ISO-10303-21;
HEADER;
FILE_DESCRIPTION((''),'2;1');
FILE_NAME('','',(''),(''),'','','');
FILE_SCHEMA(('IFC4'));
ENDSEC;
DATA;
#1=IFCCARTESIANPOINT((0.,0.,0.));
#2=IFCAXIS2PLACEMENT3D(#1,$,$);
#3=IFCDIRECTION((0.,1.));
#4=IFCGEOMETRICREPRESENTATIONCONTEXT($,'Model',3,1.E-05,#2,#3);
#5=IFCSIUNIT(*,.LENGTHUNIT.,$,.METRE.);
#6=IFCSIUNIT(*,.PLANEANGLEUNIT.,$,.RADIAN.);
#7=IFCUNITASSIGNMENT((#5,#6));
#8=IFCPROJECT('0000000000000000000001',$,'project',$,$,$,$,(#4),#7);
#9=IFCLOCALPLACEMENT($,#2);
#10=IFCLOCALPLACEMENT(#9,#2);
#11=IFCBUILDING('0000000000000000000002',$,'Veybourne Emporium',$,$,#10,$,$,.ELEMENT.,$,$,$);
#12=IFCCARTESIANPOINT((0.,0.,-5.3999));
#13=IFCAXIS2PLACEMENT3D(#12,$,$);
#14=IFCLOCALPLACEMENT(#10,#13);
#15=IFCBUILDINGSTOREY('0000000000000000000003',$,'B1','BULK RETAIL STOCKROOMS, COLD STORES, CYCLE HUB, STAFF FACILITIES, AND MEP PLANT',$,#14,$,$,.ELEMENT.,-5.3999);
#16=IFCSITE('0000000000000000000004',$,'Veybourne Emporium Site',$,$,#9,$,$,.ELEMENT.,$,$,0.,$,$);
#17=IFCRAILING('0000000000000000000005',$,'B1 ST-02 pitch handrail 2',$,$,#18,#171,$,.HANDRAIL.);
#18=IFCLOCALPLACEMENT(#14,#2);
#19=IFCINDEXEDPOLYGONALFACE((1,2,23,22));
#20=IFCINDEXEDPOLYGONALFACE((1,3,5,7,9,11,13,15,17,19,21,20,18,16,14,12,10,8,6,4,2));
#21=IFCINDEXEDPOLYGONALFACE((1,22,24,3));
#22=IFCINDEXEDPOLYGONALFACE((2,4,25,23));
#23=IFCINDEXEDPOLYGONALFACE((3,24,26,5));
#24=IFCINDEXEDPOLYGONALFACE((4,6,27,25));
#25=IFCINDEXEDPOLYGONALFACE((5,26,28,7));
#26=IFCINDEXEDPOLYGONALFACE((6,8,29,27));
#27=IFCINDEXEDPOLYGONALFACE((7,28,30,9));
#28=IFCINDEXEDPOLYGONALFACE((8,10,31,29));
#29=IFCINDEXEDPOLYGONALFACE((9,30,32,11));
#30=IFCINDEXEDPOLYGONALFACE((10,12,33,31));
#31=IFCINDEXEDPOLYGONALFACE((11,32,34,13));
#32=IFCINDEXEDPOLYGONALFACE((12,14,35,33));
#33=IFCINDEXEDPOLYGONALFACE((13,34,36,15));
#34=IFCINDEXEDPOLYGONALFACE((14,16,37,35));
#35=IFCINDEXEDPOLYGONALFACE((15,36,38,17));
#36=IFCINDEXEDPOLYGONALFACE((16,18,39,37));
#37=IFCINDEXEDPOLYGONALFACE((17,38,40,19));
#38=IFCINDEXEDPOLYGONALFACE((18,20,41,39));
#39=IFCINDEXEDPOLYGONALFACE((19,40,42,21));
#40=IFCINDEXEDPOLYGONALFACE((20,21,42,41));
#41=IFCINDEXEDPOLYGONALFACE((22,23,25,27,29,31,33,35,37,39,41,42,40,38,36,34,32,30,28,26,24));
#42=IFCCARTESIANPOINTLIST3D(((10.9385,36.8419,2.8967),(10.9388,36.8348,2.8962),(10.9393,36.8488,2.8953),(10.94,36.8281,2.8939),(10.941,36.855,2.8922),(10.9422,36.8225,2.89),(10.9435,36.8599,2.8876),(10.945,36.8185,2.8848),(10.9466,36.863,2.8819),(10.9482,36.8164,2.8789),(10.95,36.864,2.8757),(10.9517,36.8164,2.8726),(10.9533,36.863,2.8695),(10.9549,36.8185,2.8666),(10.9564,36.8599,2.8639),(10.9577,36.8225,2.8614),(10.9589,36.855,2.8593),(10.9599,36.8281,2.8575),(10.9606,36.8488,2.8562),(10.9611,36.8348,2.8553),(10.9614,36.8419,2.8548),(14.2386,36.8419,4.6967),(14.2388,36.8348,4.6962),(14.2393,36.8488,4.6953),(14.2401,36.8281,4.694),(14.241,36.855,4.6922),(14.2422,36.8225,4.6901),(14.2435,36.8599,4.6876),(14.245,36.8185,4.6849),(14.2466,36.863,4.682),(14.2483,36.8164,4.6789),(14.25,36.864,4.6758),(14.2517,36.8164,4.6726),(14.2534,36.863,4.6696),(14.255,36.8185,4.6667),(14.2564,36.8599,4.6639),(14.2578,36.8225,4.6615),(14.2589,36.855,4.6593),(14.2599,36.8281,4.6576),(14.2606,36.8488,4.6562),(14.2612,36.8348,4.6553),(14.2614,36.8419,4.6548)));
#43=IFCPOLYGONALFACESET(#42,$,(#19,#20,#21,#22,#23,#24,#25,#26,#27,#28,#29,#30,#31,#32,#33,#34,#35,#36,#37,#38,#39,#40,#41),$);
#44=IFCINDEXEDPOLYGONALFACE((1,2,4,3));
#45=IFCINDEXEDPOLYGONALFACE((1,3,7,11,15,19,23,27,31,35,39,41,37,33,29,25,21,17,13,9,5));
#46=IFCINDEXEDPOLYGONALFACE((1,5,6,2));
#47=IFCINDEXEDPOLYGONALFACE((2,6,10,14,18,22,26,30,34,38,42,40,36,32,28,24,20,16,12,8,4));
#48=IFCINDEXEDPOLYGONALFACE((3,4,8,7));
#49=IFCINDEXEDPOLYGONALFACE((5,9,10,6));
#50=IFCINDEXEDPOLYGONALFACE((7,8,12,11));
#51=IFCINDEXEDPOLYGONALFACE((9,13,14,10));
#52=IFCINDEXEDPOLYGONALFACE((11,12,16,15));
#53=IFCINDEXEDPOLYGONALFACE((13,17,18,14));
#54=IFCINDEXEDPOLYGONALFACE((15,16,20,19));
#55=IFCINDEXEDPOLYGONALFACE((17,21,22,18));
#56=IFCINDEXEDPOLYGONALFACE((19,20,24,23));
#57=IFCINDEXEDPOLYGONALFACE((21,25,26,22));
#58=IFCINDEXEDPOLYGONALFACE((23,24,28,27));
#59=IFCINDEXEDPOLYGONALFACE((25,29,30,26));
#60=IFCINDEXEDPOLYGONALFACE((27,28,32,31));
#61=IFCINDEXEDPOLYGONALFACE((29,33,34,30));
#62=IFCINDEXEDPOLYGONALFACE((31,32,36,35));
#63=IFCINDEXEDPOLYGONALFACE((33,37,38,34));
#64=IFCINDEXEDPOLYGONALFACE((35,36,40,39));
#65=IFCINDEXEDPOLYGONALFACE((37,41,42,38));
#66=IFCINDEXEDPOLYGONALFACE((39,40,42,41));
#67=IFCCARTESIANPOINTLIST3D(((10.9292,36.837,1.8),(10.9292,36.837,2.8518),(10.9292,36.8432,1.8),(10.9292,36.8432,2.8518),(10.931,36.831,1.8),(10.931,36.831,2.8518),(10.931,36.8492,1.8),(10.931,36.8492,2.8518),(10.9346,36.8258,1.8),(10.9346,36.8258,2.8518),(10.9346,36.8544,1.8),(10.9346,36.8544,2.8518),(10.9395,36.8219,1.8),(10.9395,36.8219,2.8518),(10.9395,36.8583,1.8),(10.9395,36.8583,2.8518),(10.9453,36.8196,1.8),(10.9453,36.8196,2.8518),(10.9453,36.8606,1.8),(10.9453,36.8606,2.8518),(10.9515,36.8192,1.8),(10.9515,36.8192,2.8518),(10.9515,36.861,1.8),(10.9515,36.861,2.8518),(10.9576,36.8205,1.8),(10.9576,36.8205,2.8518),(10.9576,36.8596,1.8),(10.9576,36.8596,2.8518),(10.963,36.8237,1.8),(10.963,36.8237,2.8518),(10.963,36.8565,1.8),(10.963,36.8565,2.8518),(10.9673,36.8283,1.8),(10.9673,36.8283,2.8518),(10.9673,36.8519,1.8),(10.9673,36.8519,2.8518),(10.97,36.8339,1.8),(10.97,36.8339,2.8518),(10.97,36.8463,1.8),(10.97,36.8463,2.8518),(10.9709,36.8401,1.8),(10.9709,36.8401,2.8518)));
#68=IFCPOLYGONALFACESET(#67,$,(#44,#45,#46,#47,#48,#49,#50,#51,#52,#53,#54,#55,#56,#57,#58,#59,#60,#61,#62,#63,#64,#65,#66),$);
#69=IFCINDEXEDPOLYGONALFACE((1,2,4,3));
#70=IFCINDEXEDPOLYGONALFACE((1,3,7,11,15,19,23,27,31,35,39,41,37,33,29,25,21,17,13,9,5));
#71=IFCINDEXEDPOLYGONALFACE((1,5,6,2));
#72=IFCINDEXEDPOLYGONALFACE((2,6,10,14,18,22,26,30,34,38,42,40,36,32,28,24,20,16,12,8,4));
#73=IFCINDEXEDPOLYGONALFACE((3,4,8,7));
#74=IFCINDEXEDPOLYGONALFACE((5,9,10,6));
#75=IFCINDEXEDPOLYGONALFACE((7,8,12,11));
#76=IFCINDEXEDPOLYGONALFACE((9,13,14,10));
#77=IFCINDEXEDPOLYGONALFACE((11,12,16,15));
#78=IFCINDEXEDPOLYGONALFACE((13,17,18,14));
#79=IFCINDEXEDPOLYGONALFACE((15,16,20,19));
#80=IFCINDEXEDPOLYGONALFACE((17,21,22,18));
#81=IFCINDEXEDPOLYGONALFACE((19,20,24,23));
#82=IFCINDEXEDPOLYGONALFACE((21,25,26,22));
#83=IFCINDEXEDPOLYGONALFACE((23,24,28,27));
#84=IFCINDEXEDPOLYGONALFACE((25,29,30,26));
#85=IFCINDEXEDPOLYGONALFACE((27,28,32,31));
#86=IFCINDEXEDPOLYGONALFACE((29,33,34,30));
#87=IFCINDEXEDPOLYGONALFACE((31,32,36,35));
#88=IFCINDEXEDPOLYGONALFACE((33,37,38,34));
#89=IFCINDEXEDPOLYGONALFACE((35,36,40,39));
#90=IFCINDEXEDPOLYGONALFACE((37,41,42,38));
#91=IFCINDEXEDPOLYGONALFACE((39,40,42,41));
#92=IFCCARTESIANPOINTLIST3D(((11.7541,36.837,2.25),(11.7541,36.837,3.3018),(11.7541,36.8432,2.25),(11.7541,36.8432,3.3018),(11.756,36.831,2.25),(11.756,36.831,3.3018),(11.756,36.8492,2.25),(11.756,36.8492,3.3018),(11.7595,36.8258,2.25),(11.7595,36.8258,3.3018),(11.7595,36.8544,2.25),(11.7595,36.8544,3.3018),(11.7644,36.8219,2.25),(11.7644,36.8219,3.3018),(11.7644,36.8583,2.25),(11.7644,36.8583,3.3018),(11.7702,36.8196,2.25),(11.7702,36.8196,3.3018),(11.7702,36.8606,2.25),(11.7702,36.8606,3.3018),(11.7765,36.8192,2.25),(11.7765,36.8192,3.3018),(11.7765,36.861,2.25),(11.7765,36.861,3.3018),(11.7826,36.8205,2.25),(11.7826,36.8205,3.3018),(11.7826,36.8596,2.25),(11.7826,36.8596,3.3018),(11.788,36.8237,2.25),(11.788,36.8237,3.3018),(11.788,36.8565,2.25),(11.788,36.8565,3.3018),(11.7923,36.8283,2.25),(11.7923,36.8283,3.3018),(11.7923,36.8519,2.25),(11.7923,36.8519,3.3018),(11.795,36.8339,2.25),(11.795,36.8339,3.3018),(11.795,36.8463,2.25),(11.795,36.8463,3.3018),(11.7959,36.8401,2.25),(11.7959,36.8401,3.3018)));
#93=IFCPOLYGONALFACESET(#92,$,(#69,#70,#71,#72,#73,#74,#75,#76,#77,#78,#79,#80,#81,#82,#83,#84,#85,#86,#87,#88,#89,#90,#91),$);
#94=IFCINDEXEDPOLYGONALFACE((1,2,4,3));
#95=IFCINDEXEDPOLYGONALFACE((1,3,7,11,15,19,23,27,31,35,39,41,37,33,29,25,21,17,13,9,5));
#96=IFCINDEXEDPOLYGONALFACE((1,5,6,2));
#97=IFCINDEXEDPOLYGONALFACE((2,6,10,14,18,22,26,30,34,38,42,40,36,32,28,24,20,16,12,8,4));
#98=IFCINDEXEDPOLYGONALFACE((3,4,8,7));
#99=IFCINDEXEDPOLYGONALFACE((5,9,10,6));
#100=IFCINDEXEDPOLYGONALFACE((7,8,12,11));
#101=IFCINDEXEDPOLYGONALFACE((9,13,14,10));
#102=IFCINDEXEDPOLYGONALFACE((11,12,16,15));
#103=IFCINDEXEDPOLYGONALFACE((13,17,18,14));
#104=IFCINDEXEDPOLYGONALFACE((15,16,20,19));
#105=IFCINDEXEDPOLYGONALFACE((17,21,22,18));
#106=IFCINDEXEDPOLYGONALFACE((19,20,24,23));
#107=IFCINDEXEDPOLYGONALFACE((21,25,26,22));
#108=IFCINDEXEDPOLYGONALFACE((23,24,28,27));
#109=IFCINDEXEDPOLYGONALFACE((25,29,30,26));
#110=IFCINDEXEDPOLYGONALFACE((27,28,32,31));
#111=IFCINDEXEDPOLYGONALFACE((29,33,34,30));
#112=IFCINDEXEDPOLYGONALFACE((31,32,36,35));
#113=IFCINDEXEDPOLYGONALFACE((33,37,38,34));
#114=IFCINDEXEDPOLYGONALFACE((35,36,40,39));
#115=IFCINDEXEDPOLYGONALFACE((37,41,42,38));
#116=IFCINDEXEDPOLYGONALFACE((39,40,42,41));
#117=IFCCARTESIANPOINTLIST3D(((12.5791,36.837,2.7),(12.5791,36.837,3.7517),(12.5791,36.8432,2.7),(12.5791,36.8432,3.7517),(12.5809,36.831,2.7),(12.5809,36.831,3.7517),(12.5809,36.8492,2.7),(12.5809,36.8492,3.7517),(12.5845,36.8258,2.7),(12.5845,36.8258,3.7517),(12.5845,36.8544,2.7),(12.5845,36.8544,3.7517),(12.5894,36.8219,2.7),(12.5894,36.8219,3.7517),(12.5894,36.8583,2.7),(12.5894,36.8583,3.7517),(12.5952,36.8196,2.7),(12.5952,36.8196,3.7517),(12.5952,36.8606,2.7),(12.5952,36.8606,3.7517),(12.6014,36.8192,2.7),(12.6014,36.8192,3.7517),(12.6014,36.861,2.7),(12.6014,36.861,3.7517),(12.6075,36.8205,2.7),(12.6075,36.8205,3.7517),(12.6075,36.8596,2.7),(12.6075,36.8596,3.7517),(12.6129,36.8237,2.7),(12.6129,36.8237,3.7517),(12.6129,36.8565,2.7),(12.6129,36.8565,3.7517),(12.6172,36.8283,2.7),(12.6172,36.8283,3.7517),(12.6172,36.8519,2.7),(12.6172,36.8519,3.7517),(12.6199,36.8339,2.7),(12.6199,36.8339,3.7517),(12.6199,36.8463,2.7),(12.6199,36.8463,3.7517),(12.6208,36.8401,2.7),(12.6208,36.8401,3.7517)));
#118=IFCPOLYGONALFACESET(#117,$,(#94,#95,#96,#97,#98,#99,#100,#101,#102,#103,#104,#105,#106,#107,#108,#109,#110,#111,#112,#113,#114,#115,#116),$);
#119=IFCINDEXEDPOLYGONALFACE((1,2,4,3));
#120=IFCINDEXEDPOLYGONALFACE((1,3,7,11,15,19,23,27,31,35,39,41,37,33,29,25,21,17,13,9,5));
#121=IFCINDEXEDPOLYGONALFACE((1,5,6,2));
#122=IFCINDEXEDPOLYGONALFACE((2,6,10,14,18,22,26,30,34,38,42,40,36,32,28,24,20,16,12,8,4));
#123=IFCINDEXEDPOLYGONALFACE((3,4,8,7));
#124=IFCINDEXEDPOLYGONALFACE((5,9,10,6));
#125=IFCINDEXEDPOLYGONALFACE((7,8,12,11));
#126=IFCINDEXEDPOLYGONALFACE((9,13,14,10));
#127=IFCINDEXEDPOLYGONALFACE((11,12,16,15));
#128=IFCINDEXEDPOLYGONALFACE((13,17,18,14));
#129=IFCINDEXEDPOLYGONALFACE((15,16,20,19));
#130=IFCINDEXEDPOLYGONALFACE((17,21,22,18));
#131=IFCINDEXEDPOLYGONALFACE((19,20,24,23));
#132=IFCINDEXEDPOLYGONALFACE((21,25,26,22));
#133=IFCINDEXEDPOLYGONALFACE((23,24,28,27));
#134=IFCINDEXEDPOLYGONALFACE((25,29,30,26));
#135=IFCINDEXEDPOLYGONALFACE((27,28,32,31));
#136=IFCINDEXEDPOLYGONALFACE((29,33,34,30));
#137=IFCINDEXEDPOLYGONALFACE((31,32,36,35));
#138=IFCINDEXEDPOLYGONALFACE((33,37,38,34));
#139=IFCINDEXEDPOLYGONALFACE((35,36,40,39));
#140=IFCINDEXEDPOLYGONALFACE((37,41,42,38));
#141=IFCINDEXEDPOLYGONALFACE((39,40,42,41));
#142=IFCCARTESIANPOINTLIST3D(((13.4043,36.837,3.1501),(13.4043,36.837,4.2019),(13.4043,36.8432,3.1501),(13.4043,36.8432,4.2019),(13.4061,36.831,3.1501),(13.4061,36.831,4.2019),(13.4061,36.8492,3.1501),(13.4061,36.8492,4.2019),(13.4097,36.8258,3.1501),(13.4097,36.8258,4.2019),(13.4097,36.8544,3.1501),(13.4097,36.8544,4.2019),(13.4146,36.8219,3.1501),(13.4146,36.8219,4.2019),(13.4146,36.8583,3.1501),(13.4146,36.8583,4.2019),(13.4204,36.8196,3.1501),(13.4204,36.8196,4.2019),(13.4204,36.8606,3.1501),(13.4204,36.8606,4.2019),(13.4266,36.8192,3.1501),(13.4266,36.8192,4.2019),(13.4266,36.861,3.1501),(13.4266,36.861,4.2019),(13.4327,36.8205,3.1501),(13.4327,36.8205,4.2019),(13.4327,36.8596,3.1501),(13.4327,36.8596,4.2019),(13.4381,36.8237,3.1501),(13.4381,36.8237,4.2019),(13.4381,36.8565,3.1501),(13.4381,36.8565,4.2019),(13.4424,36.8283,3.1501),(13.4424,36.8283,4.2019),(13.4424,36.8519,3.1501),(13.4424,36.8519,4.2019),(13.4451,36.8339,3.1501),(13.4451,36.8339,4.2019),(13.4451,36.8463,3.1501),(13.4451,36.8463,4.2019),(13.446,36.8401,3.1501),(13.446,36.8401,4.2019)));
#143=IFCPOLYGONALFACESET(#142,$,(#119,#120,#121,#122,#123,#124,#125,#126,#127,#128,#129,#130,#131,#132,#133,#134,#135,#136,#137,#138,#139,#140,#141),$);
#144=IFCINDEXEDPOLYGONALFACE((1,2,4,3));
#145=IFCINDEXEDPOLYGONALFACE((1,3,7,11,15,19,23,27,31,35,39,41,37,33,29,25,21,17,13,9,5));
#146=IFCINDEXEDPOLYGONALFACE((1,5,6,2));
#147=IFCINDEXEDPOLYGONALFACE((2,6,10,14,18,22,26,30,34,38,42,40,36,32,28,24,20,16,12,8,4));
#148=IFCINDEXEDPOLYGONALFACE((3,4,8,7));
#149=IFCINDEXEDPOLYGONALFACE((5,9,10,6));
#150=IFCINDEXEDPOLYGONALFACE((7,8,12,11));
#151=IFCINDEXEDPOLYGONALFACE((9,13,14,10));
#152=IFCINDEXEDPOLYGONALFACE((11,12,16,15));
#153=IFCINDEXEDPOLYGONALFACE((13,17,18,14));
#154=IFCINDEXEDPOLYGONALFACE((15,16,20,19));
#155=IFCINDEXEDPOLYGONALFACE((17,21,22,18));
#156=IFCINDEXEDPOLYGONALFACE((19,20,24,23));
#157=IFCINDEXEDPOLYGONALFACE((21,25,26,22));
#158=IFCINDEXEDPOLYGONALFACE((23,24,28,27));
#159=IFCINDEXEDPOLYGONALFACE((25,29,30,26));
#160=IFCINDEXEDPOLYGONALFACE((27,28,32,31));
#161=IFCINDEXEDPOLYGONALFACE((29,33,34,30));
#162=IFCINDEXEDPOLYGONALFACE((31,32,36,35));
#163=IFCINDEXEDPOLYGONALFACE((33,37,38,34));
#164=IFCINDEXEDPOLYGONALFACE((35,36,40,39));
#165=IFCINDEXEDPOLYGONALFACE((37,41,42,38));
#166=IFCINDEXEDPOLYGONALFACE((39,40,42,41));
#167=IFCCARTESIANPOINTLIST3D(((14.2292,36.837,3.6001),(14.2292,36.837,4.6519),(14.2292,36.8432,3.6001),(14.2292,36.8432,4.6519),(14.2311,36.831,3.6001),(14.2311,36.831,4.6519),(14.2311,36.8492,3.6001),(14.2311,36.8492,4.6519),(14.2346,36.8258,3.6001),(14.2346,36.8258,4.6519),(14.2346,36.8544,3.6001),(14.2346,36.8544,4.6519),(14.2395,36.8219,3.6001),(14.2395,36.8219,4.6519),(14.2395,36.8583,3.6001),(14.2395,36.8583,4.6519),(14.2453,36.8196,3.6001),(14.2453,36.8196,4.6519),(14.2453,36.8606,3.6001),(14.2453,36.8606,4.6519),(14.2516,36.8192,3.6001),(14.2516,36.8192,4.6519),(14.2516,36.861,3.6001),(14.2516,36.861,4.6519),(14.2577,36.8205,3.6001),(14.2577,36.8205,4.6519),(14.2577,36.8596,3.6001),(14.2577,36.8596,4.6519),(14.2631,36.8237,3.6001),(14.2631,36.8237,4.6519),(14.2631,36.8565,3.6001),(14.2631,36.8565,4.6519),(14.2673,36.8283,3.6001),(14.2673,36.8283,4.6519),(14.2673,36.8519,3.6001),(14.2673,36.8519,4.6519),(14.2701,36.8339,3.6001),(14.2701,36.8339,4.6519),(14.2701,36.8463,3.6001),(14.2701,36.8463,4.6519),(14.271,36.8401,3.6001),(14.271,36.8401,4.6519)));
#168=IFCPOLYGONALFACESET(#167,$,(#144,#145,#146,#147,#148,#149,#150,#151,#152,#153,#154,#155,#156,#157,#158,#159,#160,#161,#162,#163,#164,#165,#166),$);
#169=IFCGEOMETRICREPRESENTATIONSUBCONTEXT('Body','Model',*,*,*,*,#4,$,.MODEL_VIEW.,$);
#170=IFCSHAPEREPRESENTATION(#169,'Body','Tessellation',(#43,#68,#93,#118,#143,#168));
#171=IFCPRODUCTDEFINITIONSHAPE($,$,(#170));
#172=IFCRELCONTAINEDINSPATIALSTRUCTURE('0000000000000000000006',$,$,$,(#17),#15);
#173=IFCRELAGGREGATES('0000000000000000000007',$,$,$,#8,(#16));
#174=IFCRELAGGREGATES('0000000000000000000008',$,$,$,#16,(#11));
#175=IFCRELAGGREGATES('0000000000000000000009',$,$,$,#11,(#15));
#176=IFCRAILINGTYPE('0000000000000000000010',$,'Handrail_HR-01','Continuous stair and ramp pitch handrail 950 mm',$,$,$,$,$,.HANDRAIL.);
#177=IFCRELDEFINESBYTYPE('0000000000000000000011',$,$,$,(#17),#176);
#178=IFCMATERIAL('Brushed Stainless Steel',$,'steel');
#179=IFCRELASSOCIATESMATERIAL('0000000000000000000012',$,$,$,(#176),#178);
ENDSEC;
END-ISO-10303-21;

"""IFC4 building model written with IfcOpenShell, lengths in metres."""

from ifc_helpers import new_model, si_unit, direction, frame, origin, origin_2d, place, context, subcontext, project, spatial, circle, extrude, material, type_object, element, save


model = new_model("IFC4")

# Units and contexts
model_context = context("Model", 3, precision=1e-05, world=origin(), true_north=direction((0.0, 1.0)))
body_context = subcontext(model_context, "Body", "Model", "MODEL_VIEW")
ifc_project = project(units=[si_unit("LENGTHUNIT", "METRE"), si_unit("PLANEANGLEUNIT", "RADIAN")], contexts=[model_context])

# Site, building, storey
site_placement = place(None, origin())
site = spatial("IfcSite", under=ifc_project, at=site_placement, Name="Veybourne Emporium Site", CompositionType="ELEMENT", RefElevation=0.0)
building_placement = place(site_placement, origin())
building = spatial("IfcBuilding", under=site, at=building_placement, Name="Veybourne Emporium", CompositionType="ELEMENT")
storey_placement = place(building_placement, frame((0.0, 0.0, -5.3999)))
storey = spatial("IfcBuildingStorey", under=building, at=storey_placement, Name="B1", Description="BULK RETAIL STOCKROOMS, COLD STORES, CYCLE HUB, STAFF FACILITIES, AND MEP PLANT", CompositionType="ELEMENT", Elevation=-5.3999)

# Railing
ifc_material_1 = material(Name="Brushed Stainless Steel", Category="steel")
railing_type_1 = type_object("IfcRailingType", Name="Handrail_HR-01", Description="Continuous stair and ramp pitch handrail 950 mm", PredefinedType="HANDRAIL", material=ifc_material_1)
railing_1_placement = place(storey_placement, frame((10.95, 36.8401, 1.95)))
element("IfcRailing", 1, at=railing_1_placement, inside=storey, type_object=railing_type_1, Name="B1 ST-02 pitch handrail 2", PredefinedType="HANDRAIL", context=body_context, shape_type="SweptSolid", body=[
    extrude(circle(Radius=0.0239, at=origin_2d()), frame((0.0, 0.0, 0.9258), z_axis=(0.877893, 0.0, 0.478857), x_axis=(0.0, 1.0, 0.0)), (0.0, 0.0, 1.0), 3.759),
    extrude(circle(Radius=0.021, at=origin_2d()), frame((0.0, 0.0, -0.1499)), (0.0, 0.0, 1.0), 1.0518),
    extrude(circle(Radius=0.021, at=origin_2d()), frame((0.825, 0.0, 0.3)), (0.0, 0.0, 1.0), 1.0518),
    extrude(circle(Radius=0.021, at=origin_2d()), frame((1.6499, 0.0, 0.75)), (0.0, 0.0, 1.0), 1.0518),
    extrude(circle(Radius=0.021, at=origin_2d()), frame((2.4751, 0.0, 1.2002)), (0.0, 0.0, 1.0), 1.0518),
    extrude(circle(Radius=0.021, at=origin_2d()), frame((3.3, 0.0, 1.6501)), (0.0, 0.0, 1.0), 1.0518),
])

save(model, "model.ifc")
